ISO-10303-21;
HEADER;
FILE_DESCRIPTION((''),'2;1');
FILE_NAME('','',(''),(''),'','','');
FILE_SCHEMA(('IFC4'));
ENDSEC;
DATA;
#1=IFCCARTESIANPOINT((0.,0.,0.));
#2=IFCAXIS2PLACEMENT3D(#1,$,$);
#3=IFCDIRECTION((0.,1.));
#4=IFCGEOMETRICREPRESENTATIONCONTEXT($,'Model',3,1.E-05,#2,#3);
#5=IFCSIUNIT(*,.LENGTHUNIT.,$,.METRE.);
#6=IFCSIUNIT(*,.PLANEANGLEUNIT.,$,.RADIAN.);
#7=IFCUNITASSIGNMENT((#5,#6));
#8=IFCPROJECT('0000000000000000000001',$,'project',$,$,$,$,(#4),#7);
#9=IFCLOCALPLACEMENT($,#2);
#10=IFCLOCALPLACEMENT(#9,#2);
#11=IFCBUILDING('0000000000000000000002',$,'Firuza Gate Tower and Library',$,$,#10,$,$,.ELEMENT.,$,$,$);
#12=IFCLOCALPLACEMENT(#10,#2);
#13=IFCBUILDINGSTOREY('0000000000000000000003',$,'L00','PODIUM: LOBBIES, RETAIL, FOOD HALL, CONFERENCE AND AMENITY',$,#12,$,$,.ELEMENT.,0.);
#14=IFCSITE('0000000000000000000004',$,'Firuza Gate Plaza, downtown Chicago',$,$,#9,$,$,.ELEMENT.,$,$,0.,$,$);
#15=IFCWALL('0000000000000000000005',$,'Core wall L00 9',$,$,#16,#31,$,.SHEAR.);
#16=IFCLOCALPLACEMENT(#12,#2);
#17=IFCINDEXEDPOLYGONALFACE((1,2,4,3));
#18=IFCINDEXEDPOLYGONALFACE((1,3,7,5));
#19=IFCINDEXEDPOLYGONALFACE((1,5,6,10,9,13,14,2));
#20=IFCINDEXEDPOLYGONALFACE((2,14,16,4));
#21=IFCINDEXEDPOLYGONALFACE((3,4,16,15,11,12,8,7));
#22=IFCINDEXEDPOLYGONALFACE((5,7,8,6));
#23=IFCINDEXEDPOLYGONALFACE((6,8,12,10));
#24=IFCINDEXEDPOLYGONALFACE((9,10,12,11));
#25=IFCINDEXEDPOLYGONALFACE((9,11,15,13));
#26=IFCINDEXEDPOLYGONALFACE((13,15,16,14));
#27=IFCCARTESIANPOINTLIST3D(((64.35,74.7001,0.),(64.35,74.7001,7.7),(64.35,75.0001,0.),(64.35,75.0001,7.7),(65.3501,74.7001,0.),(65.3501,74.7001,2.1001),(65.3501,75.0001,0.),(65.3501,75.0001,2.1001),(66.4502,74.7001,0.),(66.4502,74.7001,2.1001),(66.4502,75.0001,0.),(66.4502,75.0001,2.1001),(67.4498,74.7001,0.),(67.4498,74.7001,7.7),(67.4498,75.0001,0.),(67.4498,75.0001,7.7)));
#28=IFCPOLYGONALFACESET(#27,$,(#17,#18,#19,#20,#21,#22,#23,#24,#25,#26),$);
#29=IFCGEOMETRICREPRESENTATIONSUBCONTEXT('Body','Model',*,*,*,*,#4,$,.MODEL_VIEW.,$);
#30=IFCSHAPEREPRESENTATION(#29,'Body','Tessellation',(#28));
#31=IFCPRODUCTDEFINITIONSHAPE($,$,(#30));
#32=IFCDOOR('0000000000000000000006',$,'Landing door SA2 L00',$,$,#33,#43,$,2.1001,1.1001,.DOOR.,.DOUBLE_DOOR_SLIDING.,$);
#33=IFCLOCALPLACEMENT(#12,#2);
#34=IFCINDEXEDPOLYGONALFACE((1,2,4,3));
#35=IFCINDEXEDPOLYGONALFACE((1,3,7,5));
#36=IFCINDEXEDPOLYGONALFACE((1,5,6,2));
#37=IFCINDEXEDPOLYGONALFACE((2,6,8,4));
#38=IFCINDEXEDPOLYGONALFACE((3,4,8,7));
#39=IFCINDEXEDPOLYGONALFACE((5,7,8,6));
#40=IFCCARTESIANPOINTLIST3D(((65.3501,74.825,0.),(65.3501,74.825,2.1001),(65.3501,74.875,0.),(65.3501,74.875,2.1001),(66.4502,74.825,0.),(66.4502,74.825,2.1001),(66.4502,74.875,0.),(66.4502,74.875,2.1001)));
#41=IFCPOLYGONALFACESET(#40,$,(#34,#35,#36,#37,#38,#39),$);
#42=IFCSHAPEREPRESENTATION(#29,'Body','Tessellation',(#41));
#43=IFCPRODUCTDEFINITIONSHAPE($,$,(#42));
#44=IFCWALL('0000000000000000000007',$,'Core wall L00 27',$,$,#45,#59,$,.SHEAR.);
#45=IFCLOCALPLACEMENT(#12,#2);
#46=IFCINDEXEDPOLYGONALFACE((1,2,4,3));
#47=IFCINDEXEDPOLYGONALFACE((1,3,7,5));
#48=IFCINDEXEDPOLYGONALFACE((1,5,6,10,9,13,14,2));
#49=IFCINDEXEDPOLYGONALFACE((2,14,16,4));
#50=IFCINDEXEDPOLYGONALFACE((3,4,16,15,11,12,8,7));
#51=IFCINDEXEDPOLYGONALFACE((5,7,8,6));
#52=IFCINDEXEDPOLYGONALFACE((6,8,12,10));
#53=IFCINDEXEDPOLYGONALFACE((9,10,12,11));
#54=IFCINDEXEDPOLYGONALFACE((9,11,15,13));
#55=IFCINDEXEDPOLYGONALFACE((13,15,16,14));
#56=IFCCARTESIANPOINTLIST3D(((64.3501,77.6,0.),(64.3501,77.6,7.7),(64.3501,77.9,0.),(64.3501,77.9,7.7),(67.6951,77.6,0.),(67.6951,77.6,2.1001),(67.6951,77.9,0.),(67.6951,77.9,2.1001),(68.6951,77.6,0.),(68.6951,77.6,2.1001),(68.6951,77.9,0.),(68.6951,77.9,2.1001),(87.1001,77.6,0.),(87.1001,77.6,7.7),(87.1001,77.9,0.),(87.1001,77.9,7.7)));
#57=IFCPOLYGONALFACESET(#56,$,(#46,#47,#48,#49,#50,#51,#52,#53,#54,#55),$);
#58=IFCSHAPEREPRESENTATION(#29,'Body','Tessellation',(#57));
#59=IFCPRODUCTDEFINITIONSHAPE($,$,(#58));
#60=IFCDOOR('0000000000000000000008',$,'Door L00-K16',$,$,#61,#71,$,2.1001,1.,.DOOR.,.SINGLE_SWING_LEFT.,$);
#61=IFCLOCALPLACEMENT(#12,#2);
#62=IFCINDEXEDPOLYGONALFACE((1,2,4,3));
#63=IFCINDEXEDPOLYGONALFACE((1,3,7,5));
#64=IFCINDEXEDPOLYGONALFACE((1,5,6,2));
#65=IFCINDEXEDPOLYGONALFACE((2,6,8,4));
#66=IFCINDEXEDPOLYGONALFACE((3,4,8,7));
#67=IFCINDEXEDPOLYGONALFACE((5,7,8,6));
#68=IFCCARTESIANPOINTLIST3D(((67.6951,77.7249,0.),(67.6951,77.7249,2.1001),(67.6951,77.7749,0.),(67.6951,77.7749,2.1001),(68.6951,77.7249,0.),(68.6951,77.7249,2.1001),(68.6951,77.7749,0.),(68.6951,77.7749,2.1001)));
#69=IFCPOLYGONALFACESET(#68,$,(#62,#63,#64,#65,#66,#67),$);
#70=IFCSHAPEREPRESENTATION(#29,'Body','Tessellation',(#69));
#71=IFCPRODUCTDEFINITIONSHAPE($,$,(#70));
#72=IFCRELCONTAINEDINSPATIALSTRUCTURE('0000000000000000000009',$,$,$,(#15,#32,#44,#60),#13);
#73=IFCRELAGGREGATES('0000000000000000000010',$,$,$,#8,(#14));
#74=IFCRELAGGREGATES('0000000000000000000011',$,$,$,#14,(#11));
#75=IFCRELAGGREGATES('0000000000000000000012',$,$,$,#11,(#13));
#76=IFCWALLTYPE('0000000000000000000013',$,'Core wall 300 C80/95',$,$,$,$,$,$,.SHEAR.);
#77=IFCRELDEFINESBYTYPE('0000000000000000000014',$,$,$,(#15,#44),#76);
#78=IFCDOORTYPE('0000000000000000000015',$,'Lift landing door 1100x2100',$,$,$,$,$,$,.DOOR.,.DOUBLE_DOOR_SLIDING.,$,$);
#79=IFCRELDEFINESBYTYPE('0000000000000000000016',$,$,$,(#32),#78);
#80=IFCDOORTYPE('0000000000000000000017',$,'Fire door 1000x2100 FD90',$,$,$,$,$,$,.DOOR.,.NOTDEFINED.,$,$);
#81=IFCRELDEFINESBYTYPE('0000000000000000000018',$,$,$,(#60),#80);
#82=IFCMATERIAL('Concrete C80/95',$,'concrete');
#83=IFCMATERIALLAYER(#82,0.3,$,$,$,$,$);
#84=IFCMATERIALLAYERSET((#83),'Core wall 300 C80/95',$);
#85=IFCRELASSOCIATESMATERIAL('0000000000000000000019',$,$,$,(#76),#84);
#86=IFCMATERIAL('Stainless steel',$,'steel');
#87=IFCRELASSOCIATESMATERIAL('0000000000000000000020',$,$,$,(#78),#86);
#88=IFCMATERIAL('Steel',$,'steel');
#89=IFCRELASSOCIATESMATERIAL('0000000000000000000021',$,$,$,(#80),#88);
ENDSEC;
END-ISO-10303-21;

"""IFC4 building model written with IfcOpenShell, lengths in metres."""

from ifc_helpers import new_model, si_unit, direction, frame, frame_2d, origin, place, context, subcontext, project, spatial, rectangle, extrude, material, layer, layer_set, type_object, element, fill, save


model = new_model("IFC4")

# Units and contexts
model_context = context("Model", 3, precision=1e-05, world=origin(), true_north=direction((0.0, 1.0)))
body_context = subcontext(model_context, "Body", "Model", "MODEL_VIEW")
ifc_project = project(units=[si_unit("LENGTHUNIT", "METRE"), si_unit("PLANEANGLEUNIT", "RADIAN")], contexts=[model_context])

# Site, building, storey
site_placement = place(None, origin())
site = spatial("IfcSite", under=ifc_project, at=site_placement, Name="Firuza Gate Plaza, downtown Chicago", CompositionType="ELEMENT", RefElevation=0.0)
building_placement = place(site_placement, origin())
building = spatial("IfcBuilding", under=site, at=building_placement, Name="Firuza Gate Tower and Library", CompositionType="ELEMENT")
storey_placement = place(building_placement, origin())
storey = spatial("IfcBuildingStorey", under=building, at=storey_placement, Name="L00", Description="PODIUM: LOBBIES, RETAIL, FOOD HALL, CONFERENCE AND AMENITY", CompositionType="ELEMENT", Elevation=0.0)

# Walls, openings, doors
ifc_material_1 = material(Name="Concrete C80/95", Category="concrete")
ifc_layer_1 = layer(ifc_material_1, 0.3)
ifc_layer_set_1 = layer_set([ifc_layer_1], Name="Core wall 300 C80/95")
wall_type_1 = type_object("IfcWallType", Name="Core wall 300 C80/95", PredefinedType="SHEAR", material=ifc_layer_set_1)
wall_1_placement = place(storey_placement, frame((64.3501, 74.8501, 0.0), z_axis=(0.0, 0.0, 1.0), x_axis=(1.0, 0.0, 0.0)))
wall_1 = element("IfcWall", 1, at=wall_1_placement, inside=storey, type_object=wall_type_1, Name="Core wall L00 9", PredefinedType="SHEAR", context=body_context, shape_type="SweptSolid", body=[
    extrude(rectangle(XDim=3.0999, YDim=0.3, at=frame_2d((1.5498, 0.0))), origin(), (0.0, 0.0, 1.0), 7.7),
])
opening_1_placement = place(wall_1_placement, frame((1.0, 0.0, 0.0)))
opening_1 = element("IfcOpeningElement", 2, at=opening_1_placement, cuts=wall_1, PredefinedType="OPENING", context=body_context, shape_type="SweptSolid", body=[
    extrude(rectangle(XDim=1.1001, YDim=2.1001, at=frame_2d((0.55, 1.05))), frame((0.0, 0.1602, 0.0), z_axis=(0.0, -1.0, 0.0), x_axis=(1.0, 0.0, 0.0)), (0.0, 0.0, 1.0), 0.3201),
])
ifc_material_2 = material(Name="Stainless steel", Category="steel")
door_type_1 = type_object("IfcDoorType", Name="Lift landing door 1100x2100", OperationType="DOUBLE_DOOR_SLIDING", PredefinedType="DOOR", material=ifc_material_2)
door_1_placement = place(opening_1_placement, origin())
door_1 = element("IfcDoor", 3, at=door_1_placement, inside=storey, type_object=door_type_1, Name="Landing door SA2 L00", OperationType="DOUBLE_DOOR_SLIDING", OverallHeight=2.1001, OverallWidth=1.1001, PredefinedType="DOOR", context=body_context, shape_type="SweptSolid", body=[
    extrude(rectangle(XDim=1.1001, YDim=2.1001, at=frame_2d((0.55, 1.05))), frame((0.0, 0.0249, 0.0), z_axis=(0.0, -1.0, 0.0), x_axis=(1.0, 0.0, 0.0)), (0.0, 0.0, 1.0), 0.05),
])
fill(opening_1, door_1)
wall_2_placement = place(storey_placement, frame((64.3501, 77.75, 0.0), z_axis=(0.0, 0.0, 1.0), x_axis=(1.0, 0.0, 0.0)))
wall_2 = element("IfcWall", 4, at=wall_2_placement, inside=storey, type_object=wall_type_1, Name="Core wall L00 27", PredefinedType="SHEAR", context=body_context, shape_type="SweptSolid", body=[
    extrude(rectangle(XDim=22.75, YDim=0.3, at=frame_2d((11.375, 0.0))), origin(), (0.0, 0.0, 1.0), 7.7),
])
opening_2_placement = place(wall_2_placement, frame((3.345, 0.0, 0.0)))
opening_2 = element("IfcOpeningElement", 5, at=opening_2_placement, cuts=wall_2, PredefinedType="OPENING", context=body_context, shape_type="SweptSolid", body=[
    extrude(rectangle(XDim=1.0, YDim=2.1001, at=frame_2d((0.5, 1.05))), frame((0.0, 0.1602, 0.0), z_axis=(0.0, -1.0, 0.0), x_axis=(1.0, 0.0, 0.0)), (0.0, 0.0, 1.0), 0.3201),
])
ifc_material_3 = material(Name="Steel", Category="steel")
door_type_2 = type_object("IfcDoorType", Name="Fire door 1000x2100 FD90", OperationType="NOTDEFINED", PredefinedType="DOOR", material=ifc_material_3)
door_2_placement = place(opening_2_placement, origin())
door_2 = element("IfcDoor", 6, at=door_2_placement, inside=storey, type_object=door_type_2, Name="Door L00-K16", OperationType="SINGLE_SWING_LEFT", OverallHeight=2.1001, OverallWidth=1.0, PredefinedType="DOOR", context=body_context, shape_type="SweptSolid", body=[
    extrude(rectangle(XDim=1.0, YDim=2.1001, at=frame_2d((0.5, 1.05))), frame((0.0, 0.0249, 0.0), z_axis=(0.0, -1.0, 0.0), x_axis=(1.0, 0.0, 0.0)), (0.0, 0.0, 1.0), 0.05),
])
fill(opening_2, door_2)

save(model, "model.ifc")
